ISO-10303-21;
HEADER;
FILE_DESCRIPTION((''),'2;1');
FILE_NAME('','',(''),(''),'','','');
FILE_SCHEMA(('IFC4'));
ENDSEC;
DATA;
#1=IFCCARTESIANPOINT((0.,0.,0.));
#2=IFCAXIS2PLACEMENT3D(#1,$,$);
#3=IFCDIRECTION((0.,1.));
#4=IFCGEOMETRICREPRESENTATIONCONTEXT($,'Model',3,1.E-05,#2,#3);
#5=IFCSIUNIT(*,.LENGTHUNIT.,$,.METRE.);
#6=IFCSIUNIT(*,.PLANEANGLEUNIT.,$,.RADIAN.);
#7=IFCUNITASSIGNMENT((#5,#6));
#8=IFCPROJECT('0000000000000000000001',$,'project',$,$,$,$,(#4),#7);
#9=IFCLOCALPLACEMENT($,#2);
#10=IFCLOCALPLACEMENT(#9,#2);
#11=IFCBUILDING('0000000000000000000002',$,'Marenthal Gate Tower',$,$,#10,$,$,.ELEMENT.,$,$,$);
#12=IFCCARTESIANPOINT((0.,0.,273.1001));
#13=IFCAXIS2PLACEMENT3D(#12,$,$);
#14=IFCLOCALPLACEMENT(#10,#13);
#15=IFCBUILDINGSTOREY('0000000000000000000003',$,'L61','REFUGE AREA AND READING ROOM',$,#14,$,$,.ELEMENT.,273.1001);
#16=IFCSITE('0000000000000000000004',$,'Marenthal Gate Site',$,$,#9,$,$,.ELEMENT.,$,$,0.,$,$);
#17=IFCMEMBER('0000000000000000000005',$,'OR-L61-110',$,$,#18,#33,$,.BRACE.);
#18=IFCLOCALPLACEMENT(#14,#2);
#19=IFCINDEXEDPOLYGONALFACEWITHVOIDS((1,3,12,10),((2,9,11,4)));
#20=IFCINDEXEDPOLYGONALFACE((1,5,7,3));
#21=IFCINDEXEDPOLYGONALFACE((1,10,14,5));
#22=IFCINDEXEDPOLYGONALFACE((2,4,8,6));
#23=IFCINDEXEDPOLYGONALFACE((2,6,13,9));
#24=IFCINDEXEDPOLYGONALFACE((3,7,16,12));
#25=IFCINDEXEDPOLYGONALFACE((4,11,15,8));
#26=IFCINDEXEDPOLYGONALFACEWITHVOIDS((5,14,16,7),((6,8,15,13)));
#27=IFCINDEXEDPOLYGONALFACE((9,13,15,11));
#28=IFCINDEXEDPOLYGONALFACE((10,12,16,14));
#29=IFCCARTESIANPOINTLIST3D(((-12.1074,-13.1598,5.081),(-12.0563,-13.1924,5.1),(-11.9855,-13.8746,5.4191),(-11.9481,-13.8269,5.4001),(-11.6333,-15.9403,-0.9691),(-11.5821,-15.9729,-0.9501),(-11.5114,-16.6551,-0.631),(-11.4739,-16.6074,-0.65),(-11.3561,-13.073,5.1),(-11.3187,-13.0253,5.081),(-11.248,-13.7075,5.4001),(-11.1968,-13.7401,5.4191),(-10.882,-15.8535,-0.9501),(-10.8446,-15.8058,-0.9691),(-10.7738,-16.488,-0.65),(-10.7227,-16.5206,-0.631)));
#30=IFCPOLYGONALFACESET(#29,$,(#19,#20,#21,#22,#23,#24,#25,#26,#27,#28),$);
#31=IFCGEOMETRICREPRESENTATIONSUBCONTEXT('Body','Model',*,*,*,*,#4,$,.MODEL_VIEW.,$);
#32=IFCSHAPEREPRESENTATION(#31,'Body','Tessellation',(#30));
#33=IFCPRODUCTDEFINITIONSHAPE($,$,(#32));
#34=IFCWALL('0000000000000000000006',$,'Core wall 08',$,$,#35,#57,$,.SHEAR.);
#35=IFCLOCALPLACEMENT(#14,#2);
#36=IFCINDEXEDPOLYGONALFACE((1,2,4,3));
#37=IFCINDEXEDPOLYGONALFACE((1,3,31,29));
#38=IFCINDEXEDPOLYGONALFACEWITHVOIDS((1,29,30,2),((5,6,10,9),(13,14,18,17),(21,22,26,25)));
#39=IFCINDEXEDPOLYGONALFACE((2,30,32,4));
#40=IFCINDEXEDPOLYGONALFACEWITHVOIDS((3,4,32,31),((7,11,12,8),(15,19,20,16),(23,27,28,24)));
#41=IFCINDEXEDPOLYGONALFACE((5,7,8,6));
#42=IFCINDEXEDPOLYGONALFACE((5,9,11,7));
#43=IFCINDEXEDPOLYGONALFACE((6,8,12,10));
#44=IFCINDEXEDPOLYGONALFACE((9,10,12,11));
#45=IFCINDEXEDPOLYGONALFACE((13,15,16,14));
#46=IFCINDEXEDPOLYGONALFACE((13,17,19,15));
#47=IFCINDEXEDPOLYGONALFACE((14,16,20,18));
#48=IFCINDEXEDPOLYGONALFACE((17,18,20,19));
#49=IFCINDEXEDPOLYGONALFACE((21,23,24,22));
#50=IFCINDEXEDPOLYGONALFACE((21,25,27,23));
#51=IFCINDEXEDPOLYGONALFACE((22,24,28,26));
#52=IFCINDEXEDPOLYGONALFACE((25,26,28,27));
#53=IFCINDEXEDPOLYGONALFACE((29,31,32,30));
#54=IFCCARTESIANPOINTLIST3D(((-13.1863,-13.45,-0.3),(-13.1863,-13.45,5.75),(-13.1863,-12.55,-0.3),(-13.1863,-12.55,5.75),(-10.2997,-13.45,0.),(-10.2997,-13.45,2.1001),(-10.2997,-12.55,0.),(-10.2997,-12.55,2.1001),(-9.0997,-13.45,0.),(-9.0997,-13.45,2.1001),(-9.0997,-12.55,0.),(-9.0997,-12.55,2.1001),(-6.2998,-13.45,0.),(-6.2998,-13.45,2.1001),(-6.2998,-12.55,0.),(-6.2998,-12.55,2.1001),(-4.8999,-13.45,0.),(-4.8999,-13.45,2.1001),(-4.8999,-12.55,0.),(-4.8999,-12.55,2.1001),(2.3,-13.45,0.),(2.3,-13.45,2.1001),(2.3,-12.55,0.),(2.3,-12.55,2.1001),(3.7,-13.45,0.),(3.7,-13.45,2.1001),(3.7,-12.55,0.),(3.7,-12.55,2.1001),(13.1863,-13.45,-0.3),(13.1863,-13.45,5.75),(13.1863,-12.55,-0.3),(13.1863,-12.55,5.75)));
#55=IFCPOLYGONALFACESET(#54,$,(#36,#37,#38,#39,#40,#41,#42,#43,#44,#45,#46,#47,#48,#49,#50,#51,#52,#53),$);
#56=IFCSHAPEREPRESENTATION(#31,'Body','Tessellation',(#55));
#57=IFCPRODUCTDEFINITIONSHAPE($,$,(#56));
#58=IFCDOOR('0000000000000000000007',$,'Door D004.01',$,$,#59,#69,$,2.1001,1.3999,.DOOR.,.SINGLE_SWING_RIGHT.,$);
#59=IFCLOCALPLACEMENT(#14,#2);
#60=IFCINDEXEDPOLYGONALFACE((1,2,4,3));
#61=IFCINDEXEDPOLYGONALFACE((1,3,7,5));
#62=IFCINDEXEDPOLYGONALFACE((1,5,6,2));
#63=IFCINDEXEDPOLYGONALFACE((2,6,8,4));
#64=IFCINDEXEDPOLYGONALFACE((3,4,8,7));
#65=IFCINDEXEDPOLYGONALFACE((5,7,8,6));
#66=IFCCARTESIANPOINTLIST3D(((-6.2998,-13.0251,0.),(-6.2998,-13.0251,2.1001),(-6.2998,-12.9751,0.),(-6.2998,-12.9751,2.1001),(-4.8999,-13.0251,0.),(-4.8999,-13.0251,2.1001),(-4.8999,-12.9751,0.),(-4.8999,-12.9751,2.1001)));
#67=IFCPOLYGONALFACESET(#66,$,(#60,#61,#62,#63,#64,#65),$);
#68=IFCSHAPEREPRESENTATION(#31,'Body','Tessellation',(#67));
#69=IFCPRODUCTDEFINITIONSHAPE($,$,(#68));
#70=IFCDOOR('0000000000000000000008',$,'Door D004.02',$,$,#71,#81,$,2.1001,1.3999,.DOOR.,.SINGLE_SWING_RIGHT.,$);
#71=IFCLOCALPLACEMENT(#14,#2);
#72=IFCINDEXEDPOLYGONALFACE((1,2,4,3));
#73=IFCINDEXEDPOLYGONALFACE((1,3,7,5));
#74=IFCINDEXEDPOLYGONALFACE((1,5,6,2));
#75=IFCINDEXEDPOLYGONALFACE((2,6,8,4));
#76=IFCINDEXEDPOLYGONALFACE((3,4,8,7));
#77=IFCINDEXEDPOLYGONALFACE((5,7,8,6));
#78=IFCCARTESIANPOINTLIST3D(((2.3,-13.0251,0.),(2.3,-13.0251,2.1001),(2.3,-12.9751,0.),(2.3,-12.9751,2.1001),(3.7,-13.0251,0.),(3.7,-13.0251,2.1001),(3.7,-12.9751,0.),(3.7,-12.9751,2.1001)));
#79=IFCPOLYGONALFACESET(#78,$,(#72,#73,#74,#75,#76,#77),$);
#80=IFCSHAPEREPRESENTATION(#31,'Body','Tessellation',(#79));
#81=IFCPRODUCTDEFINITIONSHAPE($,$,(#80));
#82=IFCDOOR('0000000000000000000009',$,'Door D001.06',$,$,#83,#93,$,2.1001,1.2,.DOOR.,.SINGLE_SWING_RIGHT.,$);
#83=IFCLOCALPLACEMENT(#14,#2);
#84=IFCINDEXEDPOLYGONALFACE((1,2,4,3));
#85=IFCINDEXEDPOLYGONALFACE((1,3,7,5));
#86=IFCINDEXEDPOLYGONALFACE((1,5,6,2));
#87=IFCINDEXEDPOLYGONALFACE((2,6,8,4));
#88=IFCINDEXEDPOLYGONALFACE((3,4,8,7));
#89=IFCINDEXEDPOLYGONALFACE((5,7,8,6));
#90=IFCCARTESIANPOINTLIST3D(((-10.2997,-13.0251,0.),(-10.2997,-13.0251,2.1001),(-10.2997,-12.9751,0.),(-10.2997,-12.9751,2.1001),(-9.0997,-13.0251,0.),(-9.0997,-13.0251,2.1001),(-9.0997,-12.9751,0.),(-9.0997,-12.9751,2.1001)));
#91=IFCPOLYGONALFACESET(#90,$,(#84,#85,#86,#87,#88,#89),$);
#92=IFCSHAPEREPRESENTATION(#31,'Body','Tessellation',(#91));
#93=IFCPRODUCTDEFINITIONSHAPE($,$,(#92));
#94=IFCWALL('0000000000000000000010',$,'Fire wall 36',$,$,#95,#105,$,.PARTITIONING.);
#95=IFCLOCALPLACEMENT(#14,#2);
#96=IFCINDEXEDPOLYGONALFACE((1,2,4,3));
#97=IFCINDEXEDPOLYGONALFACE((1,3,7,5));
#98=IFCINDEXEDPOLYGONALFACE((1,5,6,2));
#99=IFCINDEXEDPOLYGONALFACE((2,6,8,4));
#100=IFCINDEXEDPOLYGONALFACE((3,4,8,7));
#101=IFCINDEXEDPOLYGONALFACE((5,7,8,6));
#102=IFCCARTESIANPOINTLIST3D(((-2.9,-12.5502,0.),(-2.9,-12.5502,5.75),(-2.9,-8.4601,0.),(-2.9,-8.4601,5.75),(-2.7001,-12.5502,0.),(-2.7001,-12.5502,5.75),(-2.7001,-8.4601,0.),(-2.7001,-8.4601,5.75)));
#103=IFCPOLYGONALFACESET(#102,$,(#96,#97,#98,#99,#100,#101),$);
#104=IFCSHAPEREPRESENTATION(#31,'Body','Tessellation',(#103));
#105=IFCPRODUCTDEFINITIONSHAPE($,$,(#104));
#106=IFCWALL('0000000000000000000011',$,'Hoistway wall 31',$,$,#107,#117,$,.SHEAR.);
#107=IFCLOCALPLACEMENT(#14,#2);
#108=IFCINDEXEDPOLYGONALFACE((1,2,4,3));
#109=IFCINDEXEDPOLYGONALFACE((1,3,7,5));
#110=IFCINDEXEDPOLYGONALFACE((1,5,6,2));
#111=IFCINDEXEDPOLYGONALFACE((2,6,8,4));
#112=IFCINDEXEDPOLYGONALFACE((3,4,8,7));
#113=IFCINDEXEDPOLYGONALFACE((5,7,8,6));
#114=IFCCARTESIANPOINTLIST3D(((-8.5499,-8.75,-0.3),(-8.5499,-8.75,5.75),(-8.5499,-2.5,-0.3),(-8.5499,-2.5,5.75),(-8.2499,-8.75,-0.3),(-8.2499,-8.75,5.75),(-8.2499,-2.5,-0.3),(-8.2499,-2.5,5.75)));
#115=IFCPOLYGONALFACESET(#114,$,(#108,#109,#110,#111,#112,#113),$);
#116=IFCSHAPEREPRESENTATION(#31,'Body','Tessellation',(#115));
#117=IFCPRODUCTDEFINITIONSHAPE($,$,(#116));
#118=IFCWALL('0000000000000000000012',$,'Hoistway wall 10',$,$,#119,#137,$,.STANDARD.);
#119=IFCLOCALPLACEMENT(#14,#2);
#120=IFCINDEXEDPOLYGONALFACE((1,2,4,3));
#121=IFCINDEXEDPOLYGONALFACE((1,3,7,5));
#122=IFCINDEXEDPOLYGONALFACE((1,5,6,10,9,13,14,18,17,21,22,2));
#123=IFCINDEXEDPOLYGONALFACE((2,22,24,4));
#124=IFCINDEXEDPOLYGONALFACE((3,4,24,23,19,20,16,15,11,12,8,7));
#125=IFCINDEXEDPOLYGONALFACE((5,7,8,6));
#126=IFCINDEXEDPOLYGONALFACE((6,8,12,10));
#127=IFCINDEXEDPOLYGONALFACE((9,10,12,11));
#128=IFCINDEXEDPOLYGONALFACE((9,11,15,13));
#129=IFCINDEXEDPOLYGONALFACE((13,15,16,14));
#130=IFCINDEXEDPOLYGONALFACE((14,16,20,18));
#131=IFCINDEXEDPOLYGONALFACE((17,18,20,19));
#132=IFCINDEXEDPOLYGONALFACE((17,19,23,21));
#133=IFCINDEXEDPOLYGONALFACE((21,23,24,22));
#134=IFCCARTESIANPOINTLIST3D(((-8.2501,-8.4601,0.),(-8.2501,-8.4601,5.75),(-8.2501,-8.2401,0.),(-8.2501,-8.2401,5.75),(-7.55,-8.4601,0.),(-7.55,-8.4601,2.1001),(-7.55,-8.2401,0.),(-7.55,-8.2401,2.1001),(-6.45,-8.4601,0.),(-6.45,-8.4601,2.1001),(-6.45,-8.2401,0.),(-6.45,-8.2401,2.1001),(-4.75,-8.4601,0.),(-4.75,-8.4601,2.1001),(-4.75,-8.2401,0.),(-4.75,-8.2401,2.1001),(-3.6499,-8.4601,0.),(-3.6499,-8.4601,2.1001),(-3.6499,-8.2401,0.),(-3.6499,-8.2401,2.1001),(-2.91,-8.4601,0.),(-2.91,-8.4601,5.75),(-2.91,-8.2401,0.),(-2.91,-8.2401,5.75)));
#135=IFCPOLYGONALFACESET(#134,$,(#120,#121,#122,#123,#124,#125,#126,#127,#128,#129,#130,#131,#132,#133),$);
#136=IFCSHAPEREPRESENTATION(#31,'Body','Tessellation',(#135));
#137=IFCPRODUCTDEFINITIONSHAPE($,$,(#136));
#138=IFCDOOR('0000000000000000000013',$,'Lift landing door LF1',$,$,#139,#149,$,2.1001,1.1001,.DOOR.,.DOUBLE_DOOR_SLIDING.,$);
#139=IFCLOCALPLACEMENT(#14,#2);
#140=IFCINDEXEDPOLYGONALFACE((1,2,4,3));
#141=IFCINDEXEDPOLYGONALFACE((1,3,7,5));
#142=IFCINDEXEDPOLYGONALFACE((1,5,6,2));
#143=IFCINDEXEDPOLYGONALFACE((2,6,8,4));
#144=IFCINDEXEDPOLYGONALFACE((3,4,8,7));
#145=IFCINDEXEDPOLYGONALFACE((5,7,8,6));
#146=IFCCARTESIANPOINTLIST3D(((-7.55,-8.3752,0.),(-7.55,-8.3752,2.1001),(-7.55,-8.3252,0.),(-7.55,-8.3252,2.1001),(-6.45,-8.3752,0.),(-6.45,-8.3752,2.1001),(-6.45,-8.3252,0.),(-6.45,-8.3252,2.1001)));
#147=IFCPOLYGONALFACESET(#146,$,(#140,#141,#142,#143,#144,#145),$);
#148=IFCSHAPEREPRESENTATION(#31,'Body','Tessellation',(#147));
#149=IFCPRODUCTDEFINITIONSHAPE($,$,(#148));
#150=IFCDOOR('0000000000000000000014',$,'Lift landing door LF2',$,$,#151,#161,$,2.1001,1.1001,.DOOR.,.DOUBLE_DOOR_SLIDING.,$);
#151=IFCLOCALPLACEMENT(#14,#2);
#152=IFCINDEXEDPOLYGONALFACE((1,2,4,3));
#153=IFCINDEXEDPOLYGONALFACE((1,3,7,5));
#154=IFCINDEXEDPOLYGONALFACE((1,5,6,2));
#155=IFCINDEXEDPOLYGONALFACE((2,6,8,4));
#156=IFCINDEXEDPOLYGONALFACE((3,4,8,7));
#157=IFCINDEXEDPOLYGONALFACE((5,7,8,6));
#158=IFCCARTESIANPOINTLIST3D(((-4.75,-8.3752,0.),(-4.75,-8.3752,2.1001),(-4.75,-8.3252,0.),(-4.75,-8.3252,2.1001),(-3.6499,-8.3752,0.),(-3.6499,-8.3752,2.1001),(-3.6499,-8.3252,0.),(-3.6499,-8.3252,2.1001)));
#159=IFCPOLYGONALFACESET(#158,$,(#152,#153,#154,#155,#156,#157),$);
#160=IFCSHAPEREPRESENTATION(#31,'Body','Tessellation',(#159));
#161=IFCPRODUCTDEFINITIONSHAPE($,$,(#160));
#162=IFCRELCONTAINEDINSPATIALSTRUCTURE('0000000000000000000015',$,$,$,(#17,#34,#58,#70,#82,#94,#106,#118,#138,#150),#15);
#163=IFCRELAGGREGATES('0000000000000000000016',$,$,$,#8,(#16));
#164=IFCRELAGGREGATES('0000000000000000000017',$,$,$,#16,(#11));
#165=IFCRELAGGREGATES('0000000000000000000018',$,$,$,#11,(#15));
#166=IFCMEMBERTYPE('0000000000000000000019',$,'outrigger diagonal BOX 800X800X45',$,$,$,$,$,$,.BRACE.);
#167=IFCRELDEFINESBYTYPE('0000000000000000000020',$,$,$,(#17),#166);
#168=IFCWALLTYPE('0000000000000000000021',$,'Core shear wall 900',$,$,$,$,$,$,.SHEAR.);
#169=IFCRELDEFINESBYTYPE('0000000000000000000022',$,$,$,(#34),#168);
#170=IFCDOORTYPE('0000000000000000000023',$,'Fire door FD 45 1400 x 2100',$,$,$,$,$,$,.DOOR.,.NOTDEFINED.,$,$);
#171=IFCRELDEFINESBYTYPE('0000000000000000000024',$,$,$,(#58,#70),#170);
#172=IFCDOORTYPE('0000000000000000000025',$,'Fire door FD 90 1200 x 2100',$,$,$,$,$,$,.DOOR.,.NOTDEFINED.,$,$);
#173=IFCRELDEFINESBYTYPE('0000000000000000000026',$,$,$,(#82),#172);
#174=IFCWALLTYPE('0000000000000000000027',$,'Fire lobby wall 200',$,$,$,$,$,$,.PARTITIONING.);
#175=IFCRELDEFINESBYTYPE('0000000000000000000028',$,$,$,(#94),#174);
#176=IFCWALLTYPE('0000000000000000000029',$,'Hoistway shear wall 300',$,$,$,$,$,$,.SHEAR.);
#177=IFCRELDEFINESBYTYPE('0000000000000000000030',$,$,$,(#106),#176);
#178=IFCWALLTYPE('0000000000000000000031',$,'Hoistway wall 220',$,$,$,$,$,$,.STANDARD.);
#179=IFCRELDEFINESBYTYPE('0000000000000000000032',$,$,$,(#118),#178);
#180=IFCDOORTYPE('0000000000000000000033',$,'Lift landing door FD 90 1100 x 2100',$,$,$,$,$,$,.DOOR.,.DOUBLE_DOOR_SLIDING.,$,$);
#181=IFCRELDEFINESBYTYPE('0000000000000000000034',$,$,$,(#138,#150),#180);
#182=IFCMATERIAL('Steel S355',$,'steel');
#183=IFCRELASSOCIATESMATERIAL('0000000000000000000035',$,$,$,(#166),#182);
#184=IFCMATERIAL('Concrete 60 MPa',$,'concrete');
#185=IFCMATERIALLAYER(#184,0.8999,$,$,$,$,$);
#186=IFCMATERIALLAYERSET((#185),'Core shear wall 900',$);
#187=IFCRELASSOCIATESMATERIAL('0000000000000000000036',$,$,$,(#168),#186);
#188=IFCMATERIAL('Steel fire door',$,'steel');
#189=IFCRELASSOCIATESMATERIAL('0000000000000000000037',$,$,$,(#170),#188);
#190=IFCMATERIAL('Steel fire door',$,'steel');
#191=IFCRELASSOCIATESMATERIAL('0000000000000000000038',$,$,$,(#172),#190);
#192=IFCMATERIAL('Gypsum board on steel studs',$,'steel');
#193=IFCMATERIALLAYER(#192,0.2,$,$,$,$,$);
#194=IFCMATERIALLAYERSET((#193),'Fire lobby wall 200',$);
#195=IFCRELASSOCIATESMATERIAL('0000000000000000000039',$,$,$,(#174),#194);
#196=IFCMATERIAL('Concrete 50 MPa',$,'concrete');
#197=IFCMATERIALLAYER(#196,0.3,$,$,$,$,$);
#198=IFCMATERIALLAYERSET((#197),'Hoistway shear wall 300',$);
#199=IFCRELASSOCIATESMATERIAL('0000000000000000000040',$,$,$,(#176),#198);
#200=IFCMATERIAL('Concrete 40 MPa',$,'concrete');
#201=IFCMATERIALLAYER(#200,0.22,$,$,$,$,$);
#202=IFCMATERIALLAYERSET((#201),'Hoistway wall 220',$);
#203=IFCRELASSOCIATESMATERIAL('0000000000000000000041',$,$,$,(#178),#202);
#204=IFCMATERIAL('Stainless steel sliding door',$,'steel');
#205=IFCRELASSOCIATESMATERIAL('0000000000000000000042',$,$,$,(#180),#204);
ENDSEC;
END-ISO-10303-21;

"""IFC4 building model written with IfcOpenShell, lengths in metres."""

from ifc_helpers import new_model, si_unit, direction, frame, frame_2d, origin, origin_2d, place, context, subcontext, project, spatial, rectangle, hollow_rectangle, extrude, material, layer, layer_set, material_profile, profile_set, type_object, element, fill, save


model = new_model("IFC4")

# Units and contexts
model_context = context("Model", 3, precision=1e-05, world=origin(), true_north=direction((0.0, 1.0)))
body_context = subcontext(model_context, "Body", "Model", "MODEL_VIEW")
ifc_project = project(units=[si_unit("LENGTHUNIT", "METRE"), si_unit("PLANEANGLEUNIT", "RADIAN")], contexts=[model_context])

# Site, building, storey
site_placement = place(None, origin())
site = spatial("IfcSite", under=ifc_project, at=site_placement, Name="Marenthal Gate Site", CompositionType="ELEMENT", RefElevation=0.0)
building_placement = place(site_placement, origin())
building = spatial("IfcBuilding", under=site, at=building_placement, Name="Marenthal Gate Tower", CompositionType="ELEMENT")
storey_placement = place(building_placement, frame((0.0, 0.0, 273.1001)))
storey = spatial("IfcBuildingStorey", under=building, at=storey_placement, Name="L61", Description="REFUGE AREA AND READING ROOM", CompositionType="ELEMENT", Elevation=273.1001)

# Member
ifc_material_1 = material(Name="Steel S355", Category="steel")
ifc_material_profile = material_profile(ifc_material_1, hollow_rectangle(XDim=0.8, YDim=0.8, WallThickness=0.0449, at=origin_2d()), Name="BOX 800X800X45")
ifc_profile_set = profile_set([ifc_material_profile], Name="Steel S355")
member_type = type_object("IfcMemberType", Name="outrigger diagonal BOX 800X800X45", PredefinedType="BRACE", material=ifc_profile_set)
member_placement = place(storey_placement, frame((-11.178, -16.2305, -0.8), z_axis=(-0.071027, 0.41654, 0.906338), x_axis=(-0.985772, -0.168089, 0.0)))
element("IfcMember", 1, at=member_placement, inside=storey, type_object=member_type, Name="OR-L61-110", PredefinedType="BRACE", context=body_context, shape_type="SweptSolid", body=[
    extrude(hollow_rectangle(XDim=0.8, YDim=0.8, WallThickness=0.0449, at=origin_2d()), origin(), (0.0, 0.0, 1.0), 6.6753),
])

# Wall, openings, doors
ifc_material_2 = material(Name="Concrete 60 MPa", Category="concrete")
ifc_layer_1 = layer(ifc_material_2, 0.8999)
ifc_layer_set_1 = layer_set([ifc_layer_1], Name="Core shear wall 900")
wall_type_1 = type_object("IfcWallType", Name="Core shear wall 900", PredefinedType="SHEAR", material=ifc_layer_set_1)
wall_1_placement = place(storey_placement, frame((-13.1863, -13.0, -0.3), z_axis=(0.0, 0.0, 1.0), x_axis=(1.0, 0.0, 0.0)))
wall_1 = element("IfcWall", 2, at=wall_1_placement, inside=storey, type_object=wall_type_1, Name="Core wall 08", PredefinedType="SHEAR", context=body_context, shape_type="SweptSolid", body=[
    extrude(rectangle(XDim=26.3726, YDim=0.8999, at=frame_2d((13.1863, 0.0))), origin(), (0.0, 0.0, 1.0), 6.05),
])
opening_1_placement = place(wall_1_placement, frame((2.8865, 0.0, 0.3)))
opening_1 = element("IfcOpeningElement", 3, at=opening_1_placement, cuts=wall_1, PredefinedType="OPENING", context=body_context, shape_type="SweptSolid", body=[
    extrude(rectangle(XDim=1.2, YDim=2.1001, at=frame_2d((0.6001, 1.05))), frame((0.0, 0.46, 0.0), z_axis=(0.0, -1.0, 0.0), x_axis=(1.0, 0.0, 0.0)), (0.0, 0.0, 1.0), 0.9199),
])
opening_2_placement = place(wall_1_placement, frame((6.8865, 0.0, 0.3)))
opening_2 = element("IfcOpeningElement", 4, at=opening_2_placement, cuts=wall_1, PredefinedType="OPENING", context=body_context, shape_type="SweptSolid", body=[
    extrude(rectangle(XDim=1.3999, YDim=2.1001, at=frame_2d((0.7, 1.05))), frame((0.0, 0.46, 0.0), z_axis=(0.0, -1.0, 0.0), x_axis=(1.0, 0.0, 0.0)), (0.0, 0.0, 1.0), 0.9199),
])
opening_3_placement = place(wall_1_placement, frame((15.4863, 0.0, 0.3)))
opening_3 = element("IfcOpeningElement", 5, at=opening_3_placement, cuts=wall_1, PredefinedType="OPENING", context=body_context, shape_type="SweptSolid", body=[
    extrude(rectangle(XDim=1.3999, YDim=2.1001, at=frame_2d((0.7, 1.05))), frame((0.0, 0.46, 0.0), z_axis=(0.0, -1.0, 0.0), x_axis=(1.0, 0.0, 0.0)), (0.0, 0.0, 1.0), 0.9199),
])
ifc_material_3 = material(Name="Steel fire door", Category="steel")
door_type_1 = type_object("IfcDoorType", Name="Fire door FD 45 1400 x 2100", OperationType="NOTDEFINED", PredefinedType="DOOR", material=ifc_material_3)
door_1_placement = place(opening_2_placement, origin())
door_1 = element("IfcDoor", 6, at=door_1_placement, inside=storey, type_object=door_type_1, Name="Door D004.01", OperationType="SINGLE_SWING_RIGHT", OverallHeight=2.1001, OverallWidth=1.3999, PredefinedType="DOOR", context=body_context, shape_type="SweptSolid", body=[
    extrude(rectangle(XDim=1.3999, YDim=2.1001, at=frame_2d((0.7, 1.05))), frame((0.0, 0.0249, 0.0), z_axis=(0.0, -1.0, 0.0), x_axis=(1.0, 0.0, 0.0)), (0.0, 0.0, 1.0), 0.05),
])
fill(opening_2, door_1)
door_2_placement = place(opening_3_placement, origin())
door_2 = element("IfcDoor", 7, at=door_2_placement, inside=storey, type_object=door_type_1, Name="Door D004.02", OperationType="SINGLE_SWING_RIGHT", OverallHeight=2.1001, OverallWidth=1.3999, PredefinedType="DOOR", context=body_context, shape_type="SweptSolid", body=[
    extrude(rectangle(XDim=1.3999, YDim=2.1001, at=frame_2d((0.7, 1.05))), frame((0.0, 0.0249, 0.0), z_axis=(0.0, -1.0, 0.0), x_axis=(1.0, 0.0, 0.0)), (0.0, 0.0, 1.0), 0.05),
])
fill(opening_3, door_2)
ifc_material_4 = material(Name="Steel fire door", Category="steel")
door_type_2 = type_object("IfcDoorType", Name="Fire door FD 90 1200 x 2100", OperationType="NOTDEFINED", PredefinedType="DOOR", material=ifc_material_4)
door_3_placement = place(opening_1_placement, origin())
door_3 = element("IfcDoor", 8, at=door_3_placement, inside=storey, type_object=door_type_2, Name="Door D001.06", OperationType="SINGLE_SWING_RIGHT", OverallHeight=2.1001, OverallWidth=1.2, PredefinedType="DOOR", context=body_context, shape_type="SweptSolid", body=[
    extrude(rectangle(XDim=1.2, YDim=2.1001, at=frame_2d((0.6001, 1.05))), frame((0.0, 0.0249, 0.0), z_axis=(0.0, -1.0, 0.0), x_axis=(1.0, 0.0, 0.0)), (0.0, 0.0, 1.0), 0.05),
])
fill(opening_1, door_3)

# Walls
ifc_material_5 = material(Name="Gypsum board on steel studs", Category="steel")
ifc_layer_2 = layer(ifc_material_5, 0.2)
ifc_layer_set_2 = layer_set([ifc_layer_2], Name="Fire lobby wall 200")
wall_type_2 = type_object("IfcWallType", Name="Fire lobby wall 200", PredefinedType="PARTITIONING", material=ifc_layer_set_2)
wall_2_placement = place(storey_placement, frame((-2.8, -12.55, 0.0), z_axis=(0.0, 0.0, 1.0), x_axis=(0.0, 1.0, 0.0)))
element("IfcWall", 9, at=wall_2_placement, inside=storey, type_object=wall_type_2, Name="Fire wall 36", PredefinedType="PARTITIONING", context=body_context, shape_type="SweptSolid", body=[
    extrude(rectangle(XDim=4.0901, YDim=0.2, at=frame_2d((2.0449, 0.0))), origin(), (0.0, 0.0, 1.0), 5.75),
])
ifc_material_6 = material(Name="Concrete 50 MPa", Category="concrete")
ifc_layer_3 = layer(ifc_material_6, 0.3)
ifc_layer_set_3 = layer_set([ifc_layer_3], Name="Hoistway shear wall 300")
wall_type_3 = type_object("IfcWallType", Name="Hoistway shear wall 300", PredefinedType="SHEAR", material=ifc_layer_set_3)
wall_3_placement = place(storey_placement, frame((-8.3999, -8.75, -0.3), z_axis=(0.0, 0.0, 1.0), x_axis=(0.0, 1.0, 0.0)))
element("IfcWall", 10, at=wall_3_placement, inside=storey, type_object=wall_type_3, Name="Hoistway wall 31", PredefinedType="SHEAR", context=body_context, shape_type="SweptSolid", body=[
    extrude(rectangle(XDim=6.25, YDim=0.3, at=frame_2d((3.125, 0.0))), origin(), (0.0, 0.0, 1.0), 6.05),
])

# Wall, openings, doors
ifc_material_7 = material(Name="Concrete 40 MPa", Category="concrete")
ifc_layer_4 = layer(ifc_material_7, 0.22)
ifc_layer_set_4 = layer_set([ifc_layer_4], Name="Hoistway wall 220")
wall_type_4 = type_object("IfcWallType", Name="Hoistway wall 220", PredefinedType="STANDARD", material=ifc_layer_set_4)
wall_4_placement = place(storey_placement, frame((-8.25, -8.3501, 0.0), z_axis=(0.0, 0.0, 1.0), x_axis=(1.0, 0.0, 0.0)))
wall_4 = element("IfcWall", 11, at=wall_4_placement, inside=storey, type_object=wall_type_4, Name="Hoistway wall 10", PredefinedType="STANDARD", context=body_context, shape_type="SweptSolid", body=[
    extrude(rectangle(XDim=5.3401, YDim=0.22, at=frame_2d((2.6699, 0.0))), origin(), (0.0, 0.0, 1.0), 5.75),
])
opening_4_placement = place(wall_4_placement, frame((0.7, 0.0, 0.0)))
opening_4 = element("IfcOpeningElement", 12, at=opening_4_placement, cuts=wall_4, PredefinedType="OPENING", context=body_context, shape_type="SweptSolid", body=[
    extrude(rectangle(XDim=1.1001, YDim=2.1001, at=frame_2d((0.55, 1.05))), frame((0.0, 0.1201, 0.0), z_axis=(0.0, -1.0, 0.0), x_axis=(1.0, 0.0, 0.0)), (0.0, 0.0, 1.0), 0.24),
])
opening_5_placement = place(wall_4_placement, frame((3.5, 0.0, 0.0)))
opening_5 = element("IfcOpeningElement", 13, at=opening_5_placement, cuts=wall_4, PredefinedType="OPENING", context=body_context, shape_type="SweptSolid", body=[
    extrude(rectangle(XDim=1.1001, YDim=2.1001, at=frame_2d((0.55, 1.05))), frame((0.0, 0.1201, 0.0), z_axis=(0.0, -1.0, 0.0), x_axis=(1.0, 0.0, 0.0)), (0.0, 0.0, 1.0), 0.24),
])
ifc_material_8 = material(Name="Stainless steel sliding door", Category="steel")
door_type_3 = type_object("IfcDoorType", Name="Lift landing door FD 90 1100 x 2100", OperationType="DOUBLE_DOOR_SLIDING", PredefinedType="DOOR", material=ifc_material_8)
door_4_placement = place(opening_4_placement, origin())
door_4 = element("IfcDoor", 14, at=door_4_placement, inside=storey, type_object=door_type_3, Name="Lift landing door LF1", OperationType="DOUBLE_DOOR_SLIDING", OverallHeight=2.1001, OverallWidth=1.1001, PredefinedType="DOOR", context=body_context, shape_type="SweptSolid", body=[
    extrude(rectangle(XDim=1.1001, YDim=2.1001, at=frame_2d((0.55, 1.05))), frame((0.0, 0.0249, 0.0), z_axis=(0.0, -1.0, 0.0), x_axis=(1.0, 0.0, 0.0)), (0.0, 0.0, 1.0), 0.05),
])
fill(opening_4, door_4)
door_5_placement = place(opening_5_placement, origin())
door_5 = element("IfcDoor", 15, at=door_5_placement, inside=storey, type_object=door_type_3, Name="Lift landing door LF2", OperationType="DOUBLE_DOOR_SLIDING", OverallHeight=2.1001, OverallWidth=1.1001, PredefinedType="DOOR", context=body_context, shape_type="SweptSolid", body=[
    extrude(rectangle(XDim=1.1001, YDim=2.1001, at=frame_2d((0.55, 1.05))), frame((0.0, 0.0249, 0.0), z_axis=(0.0, -1.0, 0.0), x_axis=(1.0, 0.0, 0.0)), (0.0, 0.0, 1.0), 0.05),
])
fill(opening_5, door_5)

save(model, "model.ifc")
